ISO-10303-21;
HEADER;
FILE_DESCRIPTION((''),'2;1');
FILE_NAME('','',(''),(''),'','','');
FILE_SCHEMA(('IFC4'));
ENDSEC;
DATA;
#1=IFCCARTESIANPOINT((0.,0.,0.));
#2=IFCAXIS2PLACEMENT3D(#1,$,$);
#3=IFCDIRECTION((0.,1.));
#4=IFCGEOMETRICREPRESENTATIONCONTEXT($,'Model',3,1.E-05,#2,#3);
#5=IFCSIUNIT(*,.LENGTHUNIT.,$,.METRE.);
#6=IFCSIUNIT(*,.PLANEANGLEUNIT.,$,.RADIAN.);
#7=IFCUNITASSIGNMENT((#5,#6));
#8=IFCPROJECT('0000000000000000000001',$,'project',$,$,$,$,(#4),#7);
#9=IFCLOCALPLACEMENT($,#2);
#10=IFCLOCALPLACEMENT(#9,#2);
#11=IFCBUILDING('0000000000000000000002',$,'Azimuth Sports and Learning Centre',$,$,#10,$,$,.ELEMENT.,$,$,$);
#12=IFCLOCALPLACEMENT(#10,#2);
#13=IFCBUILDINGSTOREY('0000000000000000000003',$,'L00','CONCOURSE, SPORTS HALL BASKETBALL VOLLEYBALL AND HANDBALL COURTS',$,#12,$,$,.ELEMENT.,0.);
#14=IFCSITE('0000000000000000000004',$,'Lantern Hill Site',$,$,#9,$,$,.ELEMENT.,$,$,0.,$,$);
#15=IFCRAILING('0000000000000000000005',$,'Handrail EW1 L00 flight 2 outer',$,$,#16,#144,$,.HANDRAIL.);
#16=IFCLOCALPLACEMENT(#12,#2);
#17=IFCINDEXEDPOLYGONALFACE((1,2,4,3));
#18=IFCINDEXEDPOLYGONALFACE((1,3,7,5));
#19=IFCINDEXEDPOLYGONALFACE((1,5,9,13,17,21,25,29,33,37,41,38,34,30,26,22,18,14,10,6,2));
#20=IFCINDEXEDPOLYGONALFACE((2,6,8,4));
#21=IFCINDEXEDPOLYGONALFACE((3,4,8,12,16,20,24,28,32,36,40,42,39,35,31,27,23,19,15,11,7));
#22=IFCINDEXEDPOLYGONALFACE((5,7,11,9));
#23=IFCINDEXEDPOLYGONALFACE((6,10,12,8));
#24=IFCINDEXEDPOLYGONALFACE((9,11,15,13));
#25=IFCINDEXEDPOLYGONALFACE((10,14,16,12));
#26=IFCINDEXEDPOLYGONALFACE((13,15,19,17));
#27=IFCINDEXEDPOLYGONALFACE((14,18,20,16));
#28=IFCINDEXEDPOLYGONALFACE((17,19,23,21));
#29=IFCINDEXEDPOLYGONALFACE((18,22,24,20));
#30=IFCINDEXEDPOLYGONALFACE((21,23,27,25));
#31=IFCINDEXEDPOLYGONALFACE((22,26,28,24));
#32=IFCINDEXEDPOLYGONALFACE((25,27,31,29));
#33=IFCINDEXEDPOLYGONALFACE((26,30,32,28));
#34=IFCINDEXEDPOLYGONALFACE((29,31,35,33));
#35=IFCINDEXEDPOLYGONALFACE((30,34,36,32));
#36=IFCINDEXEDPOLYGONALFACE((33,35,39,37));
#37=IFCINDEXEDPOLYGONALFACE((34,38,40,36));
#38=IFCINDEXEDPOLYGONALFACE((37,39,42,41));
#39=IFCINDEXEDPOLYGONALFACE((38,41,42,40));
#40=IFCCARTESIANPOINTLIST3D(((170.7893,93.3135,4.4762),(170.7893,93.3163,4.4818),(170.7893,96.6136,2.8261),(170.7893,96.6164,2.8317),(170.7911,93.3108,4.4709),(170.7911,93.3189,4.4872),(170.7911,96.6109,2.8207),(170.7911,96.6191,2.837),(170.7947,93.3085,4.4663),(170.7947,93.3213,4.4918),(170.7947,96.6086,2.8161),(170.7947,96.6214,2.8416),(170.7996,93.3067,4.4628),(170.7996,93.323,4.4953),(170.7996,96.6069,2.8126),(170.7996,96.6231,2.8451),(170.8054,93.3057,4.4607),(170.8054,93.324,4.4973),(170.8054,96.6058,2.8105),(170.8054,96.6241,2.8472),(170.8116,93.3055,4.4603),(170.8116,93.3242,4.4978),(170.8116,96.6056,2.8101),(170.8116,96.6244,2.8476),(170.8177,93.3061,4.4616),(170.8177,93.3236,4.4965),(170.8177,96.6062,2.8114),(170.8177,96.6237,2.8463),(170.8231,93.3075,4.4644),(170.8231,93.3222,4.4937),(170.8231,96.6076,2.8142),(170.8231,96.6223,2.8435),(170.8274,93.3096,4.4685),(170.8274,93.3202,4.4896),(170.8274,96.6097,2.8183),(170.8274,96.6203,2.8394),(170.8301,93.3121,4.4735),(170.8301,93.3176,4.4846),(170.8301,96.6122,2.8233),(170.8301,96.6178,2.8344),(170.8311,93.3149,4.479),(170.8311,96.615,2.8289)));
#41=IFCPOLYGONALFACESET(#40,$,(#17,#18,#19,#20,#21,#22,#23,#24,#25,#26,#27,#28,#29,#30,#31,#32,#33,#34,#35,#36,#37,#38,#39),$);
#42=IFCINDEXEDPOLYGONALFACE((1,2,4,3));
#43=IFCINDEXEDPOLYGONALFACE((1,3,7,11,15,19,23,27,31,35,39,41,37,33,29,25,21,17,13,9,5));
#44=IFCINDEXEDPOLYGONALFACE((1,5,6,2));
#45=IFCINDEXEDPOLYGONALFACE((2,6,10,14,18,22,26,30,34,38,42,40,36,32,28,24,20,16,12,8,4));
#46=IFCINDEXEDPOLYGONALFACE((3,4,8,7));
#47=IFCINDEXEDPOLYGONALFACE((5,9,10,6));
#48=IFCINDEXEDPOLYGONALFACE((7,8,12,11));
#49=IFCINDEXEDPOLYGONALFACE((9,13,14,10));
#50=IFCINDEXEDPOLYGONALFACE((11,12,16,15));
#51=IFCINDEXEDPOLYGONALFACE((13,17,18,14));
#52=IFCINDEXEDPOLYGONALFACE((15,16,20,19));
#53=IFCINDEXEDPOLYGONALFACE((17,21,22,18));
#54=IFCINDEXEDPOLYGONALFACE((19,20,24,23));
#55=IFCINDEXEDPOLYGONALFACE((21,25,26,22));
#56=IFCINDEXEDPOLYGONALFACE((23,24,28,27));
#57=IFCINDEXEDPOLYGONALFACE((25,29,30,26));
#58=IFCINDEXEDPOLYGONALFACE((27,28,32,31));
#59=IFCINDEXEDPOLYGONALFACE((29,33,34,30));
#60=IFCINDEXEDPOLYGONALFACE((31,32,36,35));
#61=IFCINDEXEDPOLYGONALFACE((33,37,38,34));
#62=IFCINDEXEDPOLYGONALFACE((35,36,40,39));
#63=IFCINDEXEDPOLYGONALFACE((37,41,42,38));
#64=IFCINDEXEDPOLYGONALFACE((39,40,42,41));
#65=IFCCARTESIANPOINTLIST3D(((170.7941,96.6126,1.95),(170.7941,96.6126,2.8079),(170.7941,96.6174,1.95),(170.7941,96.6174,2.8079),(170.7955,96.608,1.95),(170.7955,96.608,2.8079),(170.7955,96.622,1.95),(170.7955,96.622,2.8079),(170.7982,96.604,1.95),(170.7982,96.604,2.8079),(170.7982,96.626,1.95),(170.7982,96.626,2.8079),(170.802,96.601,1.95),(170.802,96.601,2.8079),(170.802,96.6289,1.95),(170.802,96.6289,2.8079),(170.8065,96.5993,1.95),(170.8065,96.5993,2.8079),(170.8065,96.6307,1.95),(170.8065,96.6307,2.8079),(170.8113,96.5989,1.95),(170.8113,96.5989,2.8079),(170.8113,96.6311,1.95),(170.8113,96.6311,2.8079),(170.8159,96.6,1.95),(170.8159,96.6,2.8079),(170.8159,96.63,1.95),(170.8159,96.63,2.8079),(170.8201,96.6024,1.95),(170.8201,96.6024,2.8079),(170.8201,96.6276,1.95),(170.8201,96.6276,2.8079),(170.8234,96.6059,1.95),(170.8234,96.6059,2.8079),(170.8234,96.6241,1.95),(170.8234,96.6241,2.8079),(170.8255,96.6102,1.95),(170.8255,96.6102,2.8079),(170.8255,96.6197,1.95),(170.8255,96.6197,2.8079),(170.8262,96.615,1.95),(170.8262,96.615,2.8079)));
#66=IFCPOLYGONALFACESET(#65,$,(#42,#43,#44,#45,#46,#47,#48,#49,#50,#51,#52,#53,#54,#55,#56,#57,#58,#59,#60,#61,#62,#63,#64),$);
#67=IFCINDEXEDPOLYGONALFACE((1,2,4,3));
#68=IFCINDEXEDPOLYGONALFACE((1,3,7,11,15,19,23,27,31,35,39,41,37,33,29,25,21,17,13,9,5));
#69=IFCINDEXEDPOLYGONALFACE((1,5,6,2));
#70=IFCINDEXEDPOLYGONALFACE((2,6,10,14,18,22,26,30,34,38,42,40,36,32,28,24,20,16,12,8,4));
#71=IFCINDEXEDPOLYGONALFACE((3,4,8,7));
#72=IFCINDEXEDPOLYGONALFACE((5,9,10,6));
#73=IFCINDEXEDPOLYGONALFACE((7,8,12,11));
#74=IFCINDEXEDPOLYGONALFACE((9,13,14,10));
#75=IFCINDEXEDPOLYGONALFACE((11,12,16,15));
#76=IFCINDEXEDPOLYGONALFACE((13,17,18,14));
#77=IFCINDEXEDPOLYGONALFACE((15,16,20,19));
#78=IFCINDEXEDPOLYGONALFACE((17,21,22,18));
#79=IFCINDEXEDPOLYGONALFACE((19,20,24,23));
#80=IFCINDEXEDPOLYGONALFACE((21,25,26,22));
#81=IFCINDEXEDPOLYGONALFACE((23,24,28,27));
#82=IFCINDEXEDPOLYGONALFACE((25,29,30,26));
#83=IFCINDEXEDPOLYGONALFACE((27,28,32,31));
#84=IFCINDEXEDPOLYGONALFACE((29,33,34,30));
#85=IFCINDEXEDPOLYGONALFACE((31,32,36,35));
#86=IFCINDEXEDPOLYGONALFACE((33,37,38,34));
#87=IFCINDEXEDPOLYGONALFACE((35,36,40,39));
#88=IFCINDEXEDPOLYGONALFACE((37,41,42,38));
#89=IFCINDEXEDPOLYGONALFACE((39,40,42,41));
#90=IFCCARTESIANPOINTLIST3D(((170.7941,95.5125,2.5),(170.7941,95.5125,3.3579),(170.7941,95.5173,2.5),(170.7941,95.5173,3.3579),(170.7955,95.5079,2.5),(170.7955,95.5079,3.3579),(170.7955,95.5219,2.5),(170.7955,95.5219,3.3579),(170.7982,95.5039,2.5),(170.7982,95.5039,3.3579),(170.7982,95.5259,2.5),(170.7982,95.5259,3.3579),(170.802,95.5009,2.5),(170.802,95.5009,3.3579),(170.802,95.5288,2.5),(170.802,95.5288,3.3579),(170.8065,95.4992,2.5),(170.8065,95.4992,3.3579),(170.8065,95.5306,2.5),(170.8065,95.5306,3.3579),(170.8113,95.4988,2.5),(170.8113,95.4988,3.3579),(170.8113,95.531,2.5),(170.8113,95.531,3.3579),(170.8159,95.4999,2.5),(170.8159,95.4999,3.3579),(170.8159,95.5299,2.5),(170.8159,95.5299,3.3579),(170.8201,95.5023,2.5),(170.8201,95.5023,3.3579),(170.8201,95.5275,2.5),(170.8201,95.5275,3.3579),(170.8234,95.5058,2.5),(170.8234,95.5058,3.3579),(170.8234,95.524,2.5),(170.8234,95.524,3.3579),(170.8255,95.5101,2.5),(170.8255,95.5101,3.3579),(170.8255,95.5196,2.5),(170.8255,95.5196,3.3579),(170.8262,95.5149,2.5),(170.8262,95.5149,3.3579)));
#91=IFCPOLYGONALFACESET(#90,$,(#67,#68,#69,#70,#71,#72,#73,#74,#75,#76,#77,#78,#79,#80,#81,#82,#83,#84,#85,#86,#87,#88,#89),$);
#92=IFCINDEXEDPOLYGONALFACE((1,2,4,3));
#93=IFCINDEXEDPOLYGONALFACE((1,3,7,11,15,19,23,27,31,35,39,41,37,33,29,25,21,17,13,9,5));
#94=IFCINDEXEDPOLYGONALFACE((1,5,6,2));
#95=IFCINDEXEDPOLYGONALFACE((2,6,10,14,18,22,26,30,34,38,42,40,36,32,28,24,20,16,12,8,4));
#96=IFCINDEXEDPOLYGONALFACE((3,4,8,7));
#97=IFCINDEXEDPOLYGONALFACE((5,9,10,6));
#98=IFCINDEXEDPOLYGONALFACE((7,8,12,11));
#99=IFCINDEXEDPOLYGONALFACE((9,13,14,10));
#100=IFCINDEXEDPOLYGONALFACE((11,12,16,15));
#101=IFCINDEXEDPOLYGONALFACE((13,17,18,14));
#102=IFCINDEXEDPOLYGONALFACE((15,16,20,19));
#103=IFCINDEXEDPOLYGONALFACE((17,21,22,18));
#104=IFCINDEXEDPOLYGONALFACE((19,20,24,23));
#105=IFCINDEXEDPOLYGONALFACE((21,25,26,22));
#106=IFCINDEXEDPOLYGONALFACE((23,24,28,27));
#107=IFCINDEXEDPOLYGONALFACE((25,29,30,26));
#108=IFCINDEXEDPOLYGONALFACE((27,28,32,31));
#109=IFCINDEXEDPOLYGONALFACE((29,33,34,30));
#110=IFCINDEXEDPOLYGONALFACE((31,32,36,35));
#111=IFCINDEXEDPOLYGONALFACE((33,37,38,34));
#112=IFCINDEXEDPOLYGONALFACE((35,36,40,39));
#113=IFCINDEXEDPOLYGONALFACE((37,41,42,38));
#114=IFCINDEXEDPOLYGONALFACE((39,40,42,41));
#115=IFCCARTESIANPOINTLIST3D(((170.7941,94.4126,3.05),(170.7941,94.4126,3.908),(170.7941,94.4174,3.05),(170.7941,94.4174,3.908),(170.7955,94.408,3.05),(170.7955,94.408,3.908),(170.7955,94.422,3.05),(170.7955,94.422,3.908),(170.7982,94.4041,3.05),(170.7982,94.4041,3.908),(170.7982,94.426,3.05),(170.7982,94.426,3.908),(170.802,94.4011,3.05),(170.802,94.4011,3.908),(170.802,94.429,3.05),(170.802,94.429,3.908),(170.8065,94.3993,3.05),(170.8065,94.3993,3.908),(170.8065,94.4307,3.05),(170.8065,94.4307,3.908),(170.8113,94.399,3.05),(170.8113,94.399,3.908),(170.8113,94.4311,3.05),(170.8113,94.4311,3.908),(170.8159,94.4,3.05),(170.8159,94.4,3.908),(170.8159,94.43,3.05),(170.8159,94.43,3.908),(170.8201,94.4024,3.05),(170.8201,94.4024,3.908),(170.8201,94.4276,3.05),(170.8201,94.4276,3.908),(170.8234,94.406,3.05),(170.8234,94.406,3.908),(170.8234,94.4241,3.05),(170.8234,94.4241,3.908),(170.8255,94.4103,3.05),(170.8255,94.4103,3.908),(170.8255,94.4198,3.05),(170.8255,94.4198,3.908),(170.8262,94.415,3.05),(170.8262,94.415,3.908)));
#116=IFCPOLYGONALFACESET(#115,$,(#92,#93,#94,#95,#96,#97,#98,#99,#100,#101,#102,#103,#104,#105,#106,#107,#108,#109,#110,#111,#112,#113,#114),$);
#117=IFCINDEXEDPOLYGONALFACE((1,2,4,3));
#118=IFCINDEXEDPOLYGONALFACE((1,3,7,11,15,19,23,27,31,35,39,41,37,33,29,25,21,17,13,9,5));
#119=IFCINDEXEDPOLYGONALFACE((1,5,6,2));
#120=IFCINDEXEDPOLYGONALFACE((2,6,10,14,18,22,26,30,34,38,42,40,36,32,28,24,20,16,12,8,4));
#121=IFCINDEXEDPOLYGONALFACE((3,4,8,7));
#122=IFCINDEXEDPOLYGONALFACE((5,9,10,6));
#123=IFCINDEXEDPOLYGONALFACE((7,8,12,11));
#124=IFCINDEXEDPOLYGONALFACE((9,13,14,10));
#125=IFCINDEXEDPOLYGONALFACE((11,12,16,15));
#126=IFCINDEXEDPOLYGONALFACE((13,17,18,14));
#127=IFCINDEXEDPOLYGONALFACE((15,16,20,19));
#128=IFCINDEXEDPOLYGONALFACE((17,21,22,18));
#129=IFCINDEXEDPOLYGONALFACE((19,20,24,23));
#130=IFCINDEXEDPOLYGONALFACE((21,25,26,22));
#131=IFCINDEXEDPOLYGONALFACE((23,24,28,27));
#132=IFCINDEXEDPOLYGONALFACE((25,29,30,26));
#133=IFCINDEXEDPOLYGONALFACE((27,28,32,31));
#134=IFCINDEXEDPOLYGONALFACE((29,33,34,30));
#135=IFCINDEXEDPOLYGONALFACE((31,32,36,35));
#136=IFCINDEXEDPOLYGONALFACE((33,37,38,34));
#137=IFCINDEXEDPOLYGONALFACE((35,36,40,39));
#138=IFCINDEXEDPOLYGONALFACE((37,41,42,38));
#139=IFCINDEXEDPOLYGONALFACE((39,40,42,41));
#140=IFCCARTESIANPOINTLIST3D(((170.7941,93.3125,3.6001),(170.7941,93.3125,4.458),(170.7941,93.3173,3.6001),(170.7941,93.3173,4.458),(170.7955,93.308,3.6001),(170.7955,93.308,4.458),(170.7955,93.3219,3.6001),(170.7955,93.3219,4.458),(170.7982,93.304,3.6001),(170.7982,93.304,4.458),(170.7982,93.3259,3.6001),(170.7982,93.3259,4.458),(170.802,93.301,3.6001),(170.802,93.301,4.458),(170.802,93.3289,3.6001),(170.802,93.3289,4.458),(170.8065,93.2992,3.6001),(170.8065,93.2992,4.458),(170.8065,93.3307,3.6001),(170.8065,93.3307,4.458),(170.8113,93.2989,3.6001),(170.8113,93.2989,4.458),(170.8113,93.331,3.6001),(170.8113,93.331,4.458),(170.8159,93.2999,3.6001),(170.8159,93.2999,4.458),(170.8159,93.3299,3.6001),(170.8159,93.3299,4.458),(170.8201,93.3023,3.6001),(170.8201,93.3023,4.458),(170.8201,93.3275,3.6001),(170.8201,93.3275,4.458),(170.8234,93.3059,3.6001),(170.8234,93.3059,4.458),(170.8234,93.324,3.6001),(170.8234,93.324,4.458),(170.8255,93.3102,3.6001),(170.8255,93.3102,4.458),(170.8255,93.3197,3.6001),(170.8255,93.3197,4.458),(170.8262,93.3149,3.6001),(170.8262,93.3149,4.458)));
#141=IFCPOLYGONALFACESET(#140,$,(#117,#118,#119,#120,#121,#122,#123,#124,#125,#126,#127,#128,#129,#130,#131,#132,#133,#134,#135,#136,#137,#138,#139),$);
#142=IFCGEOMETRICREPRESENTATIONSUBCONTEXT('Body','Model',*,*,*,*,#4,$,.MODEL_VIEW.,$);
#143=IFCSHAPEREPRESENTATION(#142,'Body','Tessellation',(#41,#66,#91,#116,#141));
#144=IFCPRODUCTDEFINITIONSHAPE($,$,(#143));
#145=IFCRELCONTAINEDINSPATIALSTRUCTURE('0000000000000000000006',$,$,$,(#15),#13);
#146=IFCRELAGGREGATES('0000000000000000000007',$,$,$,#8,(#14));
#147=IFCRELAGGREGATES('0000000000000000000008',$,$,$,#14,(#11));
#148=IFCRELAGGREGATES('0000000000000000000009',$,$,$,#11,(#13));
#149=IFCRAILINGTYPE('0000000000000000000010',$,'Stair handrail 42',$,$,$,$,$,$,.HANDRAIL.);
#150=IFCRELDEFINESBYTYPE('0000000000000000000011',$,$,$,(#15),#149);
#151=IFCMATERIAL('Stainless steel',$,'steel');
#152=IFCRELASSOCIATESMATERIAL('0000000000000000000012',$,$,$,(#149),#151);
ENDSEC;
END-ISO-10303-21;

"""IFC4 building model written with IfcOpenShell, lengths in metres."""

from ifc_helpers import new_model, si_unit, direction, frame, origin, origin_2d, place, context, subcontext, project, spatial, circle, extrude, material, type_object, element, save


model = new_model("IFC4")

# Units and contexts
model_context = context("Model", 3, precision=1e-05, world=origin(), true_north=direction((0.0, 1.0)))
body_context = subcontext(model_context, "Body", "Model", "MODEL_VIEW")
ifc_project = project(units=[si_unit("LENGTHUNIT", "METRE"), si_unit("PLANEANGLEUNIT", "RADIAN")], contexts=[model_context])

# Site, building, storey
site_placement = place(None, origin())
site = spatial("IfcSite", under=ifc_project, at=site_placement, Name="Lantern Hill Site", CompositionType="ELEMENT", RefElevation=0.0)
building_placement = place(site_placement, origin())
building = spatial("IfcBuilding", under=site, at=building_placement, Name="Azimuth Sports and Learning Centre", CompositionType="ELEMENT")
storey_placement = place(building_placement, origin())
storey = spatial("IfcBuildingStorey", under=building, at=storey_placement, Name="L00", Description="CONCOURSE, SPORTS HALL BASKETBALL VOLLEYBALL AND HANDBALL COURTS", CompositionType="ELEMENT", Elevation=0.0)

# Railing
ifc_material_1 = material(Name="Stainless steel", Category="steel")
railing_type_1 = type_object("IfcRailingType", Name="Stair handrail 42", PredefinedType="HANDRAIL", material=ifc_material_1)
for number, where, name in (
    (1, (170.8101, 96.615, 1.95), "Handrail EW1 L00 flight 2 outer"),
):
    element("IfcRailing", number, at=place(storey_placement, frame(where)), inside=storey, type_object=railing_type_1, Name=name, PredefinedType="HANDRAIL", context=body_context, shape_type="SweptSolid", body=[
        extrude(circle(Radius=0.021, at=origin_2d()), frame((0.0, 0.0, 0.8789), z_axis=(0.0, -0.894414, 0.44724), x_axis=(1.0, 0.0, 0.0)), (0.0, 0.0, 1.0), 3.6897),
        extrude(circle(Radius=0.0161, at=origin_2d()), origin(), (0.0, 0.0, 1.0), 0.8579),
        extrude(circle(Radius=0.0161, at=origin_2d()), frame((0.0, -1.1001, 0.55)), (0.0, 0.0, 1.0), 0.8579),
        extrude(circle(Radius=0.0161, at=origin_2d()), frame((0.0, -2.2, 1.1001)), (0.0, 0.0, 1.0), 0.8579),
        extrude(circle(Radius=0.0161, at=origin_2d()), frame((0.0, -3.3, 1.6501)), (0.0, 0.0, 1.0), 0.8579),
    ])

save(model, "model.ifc")
